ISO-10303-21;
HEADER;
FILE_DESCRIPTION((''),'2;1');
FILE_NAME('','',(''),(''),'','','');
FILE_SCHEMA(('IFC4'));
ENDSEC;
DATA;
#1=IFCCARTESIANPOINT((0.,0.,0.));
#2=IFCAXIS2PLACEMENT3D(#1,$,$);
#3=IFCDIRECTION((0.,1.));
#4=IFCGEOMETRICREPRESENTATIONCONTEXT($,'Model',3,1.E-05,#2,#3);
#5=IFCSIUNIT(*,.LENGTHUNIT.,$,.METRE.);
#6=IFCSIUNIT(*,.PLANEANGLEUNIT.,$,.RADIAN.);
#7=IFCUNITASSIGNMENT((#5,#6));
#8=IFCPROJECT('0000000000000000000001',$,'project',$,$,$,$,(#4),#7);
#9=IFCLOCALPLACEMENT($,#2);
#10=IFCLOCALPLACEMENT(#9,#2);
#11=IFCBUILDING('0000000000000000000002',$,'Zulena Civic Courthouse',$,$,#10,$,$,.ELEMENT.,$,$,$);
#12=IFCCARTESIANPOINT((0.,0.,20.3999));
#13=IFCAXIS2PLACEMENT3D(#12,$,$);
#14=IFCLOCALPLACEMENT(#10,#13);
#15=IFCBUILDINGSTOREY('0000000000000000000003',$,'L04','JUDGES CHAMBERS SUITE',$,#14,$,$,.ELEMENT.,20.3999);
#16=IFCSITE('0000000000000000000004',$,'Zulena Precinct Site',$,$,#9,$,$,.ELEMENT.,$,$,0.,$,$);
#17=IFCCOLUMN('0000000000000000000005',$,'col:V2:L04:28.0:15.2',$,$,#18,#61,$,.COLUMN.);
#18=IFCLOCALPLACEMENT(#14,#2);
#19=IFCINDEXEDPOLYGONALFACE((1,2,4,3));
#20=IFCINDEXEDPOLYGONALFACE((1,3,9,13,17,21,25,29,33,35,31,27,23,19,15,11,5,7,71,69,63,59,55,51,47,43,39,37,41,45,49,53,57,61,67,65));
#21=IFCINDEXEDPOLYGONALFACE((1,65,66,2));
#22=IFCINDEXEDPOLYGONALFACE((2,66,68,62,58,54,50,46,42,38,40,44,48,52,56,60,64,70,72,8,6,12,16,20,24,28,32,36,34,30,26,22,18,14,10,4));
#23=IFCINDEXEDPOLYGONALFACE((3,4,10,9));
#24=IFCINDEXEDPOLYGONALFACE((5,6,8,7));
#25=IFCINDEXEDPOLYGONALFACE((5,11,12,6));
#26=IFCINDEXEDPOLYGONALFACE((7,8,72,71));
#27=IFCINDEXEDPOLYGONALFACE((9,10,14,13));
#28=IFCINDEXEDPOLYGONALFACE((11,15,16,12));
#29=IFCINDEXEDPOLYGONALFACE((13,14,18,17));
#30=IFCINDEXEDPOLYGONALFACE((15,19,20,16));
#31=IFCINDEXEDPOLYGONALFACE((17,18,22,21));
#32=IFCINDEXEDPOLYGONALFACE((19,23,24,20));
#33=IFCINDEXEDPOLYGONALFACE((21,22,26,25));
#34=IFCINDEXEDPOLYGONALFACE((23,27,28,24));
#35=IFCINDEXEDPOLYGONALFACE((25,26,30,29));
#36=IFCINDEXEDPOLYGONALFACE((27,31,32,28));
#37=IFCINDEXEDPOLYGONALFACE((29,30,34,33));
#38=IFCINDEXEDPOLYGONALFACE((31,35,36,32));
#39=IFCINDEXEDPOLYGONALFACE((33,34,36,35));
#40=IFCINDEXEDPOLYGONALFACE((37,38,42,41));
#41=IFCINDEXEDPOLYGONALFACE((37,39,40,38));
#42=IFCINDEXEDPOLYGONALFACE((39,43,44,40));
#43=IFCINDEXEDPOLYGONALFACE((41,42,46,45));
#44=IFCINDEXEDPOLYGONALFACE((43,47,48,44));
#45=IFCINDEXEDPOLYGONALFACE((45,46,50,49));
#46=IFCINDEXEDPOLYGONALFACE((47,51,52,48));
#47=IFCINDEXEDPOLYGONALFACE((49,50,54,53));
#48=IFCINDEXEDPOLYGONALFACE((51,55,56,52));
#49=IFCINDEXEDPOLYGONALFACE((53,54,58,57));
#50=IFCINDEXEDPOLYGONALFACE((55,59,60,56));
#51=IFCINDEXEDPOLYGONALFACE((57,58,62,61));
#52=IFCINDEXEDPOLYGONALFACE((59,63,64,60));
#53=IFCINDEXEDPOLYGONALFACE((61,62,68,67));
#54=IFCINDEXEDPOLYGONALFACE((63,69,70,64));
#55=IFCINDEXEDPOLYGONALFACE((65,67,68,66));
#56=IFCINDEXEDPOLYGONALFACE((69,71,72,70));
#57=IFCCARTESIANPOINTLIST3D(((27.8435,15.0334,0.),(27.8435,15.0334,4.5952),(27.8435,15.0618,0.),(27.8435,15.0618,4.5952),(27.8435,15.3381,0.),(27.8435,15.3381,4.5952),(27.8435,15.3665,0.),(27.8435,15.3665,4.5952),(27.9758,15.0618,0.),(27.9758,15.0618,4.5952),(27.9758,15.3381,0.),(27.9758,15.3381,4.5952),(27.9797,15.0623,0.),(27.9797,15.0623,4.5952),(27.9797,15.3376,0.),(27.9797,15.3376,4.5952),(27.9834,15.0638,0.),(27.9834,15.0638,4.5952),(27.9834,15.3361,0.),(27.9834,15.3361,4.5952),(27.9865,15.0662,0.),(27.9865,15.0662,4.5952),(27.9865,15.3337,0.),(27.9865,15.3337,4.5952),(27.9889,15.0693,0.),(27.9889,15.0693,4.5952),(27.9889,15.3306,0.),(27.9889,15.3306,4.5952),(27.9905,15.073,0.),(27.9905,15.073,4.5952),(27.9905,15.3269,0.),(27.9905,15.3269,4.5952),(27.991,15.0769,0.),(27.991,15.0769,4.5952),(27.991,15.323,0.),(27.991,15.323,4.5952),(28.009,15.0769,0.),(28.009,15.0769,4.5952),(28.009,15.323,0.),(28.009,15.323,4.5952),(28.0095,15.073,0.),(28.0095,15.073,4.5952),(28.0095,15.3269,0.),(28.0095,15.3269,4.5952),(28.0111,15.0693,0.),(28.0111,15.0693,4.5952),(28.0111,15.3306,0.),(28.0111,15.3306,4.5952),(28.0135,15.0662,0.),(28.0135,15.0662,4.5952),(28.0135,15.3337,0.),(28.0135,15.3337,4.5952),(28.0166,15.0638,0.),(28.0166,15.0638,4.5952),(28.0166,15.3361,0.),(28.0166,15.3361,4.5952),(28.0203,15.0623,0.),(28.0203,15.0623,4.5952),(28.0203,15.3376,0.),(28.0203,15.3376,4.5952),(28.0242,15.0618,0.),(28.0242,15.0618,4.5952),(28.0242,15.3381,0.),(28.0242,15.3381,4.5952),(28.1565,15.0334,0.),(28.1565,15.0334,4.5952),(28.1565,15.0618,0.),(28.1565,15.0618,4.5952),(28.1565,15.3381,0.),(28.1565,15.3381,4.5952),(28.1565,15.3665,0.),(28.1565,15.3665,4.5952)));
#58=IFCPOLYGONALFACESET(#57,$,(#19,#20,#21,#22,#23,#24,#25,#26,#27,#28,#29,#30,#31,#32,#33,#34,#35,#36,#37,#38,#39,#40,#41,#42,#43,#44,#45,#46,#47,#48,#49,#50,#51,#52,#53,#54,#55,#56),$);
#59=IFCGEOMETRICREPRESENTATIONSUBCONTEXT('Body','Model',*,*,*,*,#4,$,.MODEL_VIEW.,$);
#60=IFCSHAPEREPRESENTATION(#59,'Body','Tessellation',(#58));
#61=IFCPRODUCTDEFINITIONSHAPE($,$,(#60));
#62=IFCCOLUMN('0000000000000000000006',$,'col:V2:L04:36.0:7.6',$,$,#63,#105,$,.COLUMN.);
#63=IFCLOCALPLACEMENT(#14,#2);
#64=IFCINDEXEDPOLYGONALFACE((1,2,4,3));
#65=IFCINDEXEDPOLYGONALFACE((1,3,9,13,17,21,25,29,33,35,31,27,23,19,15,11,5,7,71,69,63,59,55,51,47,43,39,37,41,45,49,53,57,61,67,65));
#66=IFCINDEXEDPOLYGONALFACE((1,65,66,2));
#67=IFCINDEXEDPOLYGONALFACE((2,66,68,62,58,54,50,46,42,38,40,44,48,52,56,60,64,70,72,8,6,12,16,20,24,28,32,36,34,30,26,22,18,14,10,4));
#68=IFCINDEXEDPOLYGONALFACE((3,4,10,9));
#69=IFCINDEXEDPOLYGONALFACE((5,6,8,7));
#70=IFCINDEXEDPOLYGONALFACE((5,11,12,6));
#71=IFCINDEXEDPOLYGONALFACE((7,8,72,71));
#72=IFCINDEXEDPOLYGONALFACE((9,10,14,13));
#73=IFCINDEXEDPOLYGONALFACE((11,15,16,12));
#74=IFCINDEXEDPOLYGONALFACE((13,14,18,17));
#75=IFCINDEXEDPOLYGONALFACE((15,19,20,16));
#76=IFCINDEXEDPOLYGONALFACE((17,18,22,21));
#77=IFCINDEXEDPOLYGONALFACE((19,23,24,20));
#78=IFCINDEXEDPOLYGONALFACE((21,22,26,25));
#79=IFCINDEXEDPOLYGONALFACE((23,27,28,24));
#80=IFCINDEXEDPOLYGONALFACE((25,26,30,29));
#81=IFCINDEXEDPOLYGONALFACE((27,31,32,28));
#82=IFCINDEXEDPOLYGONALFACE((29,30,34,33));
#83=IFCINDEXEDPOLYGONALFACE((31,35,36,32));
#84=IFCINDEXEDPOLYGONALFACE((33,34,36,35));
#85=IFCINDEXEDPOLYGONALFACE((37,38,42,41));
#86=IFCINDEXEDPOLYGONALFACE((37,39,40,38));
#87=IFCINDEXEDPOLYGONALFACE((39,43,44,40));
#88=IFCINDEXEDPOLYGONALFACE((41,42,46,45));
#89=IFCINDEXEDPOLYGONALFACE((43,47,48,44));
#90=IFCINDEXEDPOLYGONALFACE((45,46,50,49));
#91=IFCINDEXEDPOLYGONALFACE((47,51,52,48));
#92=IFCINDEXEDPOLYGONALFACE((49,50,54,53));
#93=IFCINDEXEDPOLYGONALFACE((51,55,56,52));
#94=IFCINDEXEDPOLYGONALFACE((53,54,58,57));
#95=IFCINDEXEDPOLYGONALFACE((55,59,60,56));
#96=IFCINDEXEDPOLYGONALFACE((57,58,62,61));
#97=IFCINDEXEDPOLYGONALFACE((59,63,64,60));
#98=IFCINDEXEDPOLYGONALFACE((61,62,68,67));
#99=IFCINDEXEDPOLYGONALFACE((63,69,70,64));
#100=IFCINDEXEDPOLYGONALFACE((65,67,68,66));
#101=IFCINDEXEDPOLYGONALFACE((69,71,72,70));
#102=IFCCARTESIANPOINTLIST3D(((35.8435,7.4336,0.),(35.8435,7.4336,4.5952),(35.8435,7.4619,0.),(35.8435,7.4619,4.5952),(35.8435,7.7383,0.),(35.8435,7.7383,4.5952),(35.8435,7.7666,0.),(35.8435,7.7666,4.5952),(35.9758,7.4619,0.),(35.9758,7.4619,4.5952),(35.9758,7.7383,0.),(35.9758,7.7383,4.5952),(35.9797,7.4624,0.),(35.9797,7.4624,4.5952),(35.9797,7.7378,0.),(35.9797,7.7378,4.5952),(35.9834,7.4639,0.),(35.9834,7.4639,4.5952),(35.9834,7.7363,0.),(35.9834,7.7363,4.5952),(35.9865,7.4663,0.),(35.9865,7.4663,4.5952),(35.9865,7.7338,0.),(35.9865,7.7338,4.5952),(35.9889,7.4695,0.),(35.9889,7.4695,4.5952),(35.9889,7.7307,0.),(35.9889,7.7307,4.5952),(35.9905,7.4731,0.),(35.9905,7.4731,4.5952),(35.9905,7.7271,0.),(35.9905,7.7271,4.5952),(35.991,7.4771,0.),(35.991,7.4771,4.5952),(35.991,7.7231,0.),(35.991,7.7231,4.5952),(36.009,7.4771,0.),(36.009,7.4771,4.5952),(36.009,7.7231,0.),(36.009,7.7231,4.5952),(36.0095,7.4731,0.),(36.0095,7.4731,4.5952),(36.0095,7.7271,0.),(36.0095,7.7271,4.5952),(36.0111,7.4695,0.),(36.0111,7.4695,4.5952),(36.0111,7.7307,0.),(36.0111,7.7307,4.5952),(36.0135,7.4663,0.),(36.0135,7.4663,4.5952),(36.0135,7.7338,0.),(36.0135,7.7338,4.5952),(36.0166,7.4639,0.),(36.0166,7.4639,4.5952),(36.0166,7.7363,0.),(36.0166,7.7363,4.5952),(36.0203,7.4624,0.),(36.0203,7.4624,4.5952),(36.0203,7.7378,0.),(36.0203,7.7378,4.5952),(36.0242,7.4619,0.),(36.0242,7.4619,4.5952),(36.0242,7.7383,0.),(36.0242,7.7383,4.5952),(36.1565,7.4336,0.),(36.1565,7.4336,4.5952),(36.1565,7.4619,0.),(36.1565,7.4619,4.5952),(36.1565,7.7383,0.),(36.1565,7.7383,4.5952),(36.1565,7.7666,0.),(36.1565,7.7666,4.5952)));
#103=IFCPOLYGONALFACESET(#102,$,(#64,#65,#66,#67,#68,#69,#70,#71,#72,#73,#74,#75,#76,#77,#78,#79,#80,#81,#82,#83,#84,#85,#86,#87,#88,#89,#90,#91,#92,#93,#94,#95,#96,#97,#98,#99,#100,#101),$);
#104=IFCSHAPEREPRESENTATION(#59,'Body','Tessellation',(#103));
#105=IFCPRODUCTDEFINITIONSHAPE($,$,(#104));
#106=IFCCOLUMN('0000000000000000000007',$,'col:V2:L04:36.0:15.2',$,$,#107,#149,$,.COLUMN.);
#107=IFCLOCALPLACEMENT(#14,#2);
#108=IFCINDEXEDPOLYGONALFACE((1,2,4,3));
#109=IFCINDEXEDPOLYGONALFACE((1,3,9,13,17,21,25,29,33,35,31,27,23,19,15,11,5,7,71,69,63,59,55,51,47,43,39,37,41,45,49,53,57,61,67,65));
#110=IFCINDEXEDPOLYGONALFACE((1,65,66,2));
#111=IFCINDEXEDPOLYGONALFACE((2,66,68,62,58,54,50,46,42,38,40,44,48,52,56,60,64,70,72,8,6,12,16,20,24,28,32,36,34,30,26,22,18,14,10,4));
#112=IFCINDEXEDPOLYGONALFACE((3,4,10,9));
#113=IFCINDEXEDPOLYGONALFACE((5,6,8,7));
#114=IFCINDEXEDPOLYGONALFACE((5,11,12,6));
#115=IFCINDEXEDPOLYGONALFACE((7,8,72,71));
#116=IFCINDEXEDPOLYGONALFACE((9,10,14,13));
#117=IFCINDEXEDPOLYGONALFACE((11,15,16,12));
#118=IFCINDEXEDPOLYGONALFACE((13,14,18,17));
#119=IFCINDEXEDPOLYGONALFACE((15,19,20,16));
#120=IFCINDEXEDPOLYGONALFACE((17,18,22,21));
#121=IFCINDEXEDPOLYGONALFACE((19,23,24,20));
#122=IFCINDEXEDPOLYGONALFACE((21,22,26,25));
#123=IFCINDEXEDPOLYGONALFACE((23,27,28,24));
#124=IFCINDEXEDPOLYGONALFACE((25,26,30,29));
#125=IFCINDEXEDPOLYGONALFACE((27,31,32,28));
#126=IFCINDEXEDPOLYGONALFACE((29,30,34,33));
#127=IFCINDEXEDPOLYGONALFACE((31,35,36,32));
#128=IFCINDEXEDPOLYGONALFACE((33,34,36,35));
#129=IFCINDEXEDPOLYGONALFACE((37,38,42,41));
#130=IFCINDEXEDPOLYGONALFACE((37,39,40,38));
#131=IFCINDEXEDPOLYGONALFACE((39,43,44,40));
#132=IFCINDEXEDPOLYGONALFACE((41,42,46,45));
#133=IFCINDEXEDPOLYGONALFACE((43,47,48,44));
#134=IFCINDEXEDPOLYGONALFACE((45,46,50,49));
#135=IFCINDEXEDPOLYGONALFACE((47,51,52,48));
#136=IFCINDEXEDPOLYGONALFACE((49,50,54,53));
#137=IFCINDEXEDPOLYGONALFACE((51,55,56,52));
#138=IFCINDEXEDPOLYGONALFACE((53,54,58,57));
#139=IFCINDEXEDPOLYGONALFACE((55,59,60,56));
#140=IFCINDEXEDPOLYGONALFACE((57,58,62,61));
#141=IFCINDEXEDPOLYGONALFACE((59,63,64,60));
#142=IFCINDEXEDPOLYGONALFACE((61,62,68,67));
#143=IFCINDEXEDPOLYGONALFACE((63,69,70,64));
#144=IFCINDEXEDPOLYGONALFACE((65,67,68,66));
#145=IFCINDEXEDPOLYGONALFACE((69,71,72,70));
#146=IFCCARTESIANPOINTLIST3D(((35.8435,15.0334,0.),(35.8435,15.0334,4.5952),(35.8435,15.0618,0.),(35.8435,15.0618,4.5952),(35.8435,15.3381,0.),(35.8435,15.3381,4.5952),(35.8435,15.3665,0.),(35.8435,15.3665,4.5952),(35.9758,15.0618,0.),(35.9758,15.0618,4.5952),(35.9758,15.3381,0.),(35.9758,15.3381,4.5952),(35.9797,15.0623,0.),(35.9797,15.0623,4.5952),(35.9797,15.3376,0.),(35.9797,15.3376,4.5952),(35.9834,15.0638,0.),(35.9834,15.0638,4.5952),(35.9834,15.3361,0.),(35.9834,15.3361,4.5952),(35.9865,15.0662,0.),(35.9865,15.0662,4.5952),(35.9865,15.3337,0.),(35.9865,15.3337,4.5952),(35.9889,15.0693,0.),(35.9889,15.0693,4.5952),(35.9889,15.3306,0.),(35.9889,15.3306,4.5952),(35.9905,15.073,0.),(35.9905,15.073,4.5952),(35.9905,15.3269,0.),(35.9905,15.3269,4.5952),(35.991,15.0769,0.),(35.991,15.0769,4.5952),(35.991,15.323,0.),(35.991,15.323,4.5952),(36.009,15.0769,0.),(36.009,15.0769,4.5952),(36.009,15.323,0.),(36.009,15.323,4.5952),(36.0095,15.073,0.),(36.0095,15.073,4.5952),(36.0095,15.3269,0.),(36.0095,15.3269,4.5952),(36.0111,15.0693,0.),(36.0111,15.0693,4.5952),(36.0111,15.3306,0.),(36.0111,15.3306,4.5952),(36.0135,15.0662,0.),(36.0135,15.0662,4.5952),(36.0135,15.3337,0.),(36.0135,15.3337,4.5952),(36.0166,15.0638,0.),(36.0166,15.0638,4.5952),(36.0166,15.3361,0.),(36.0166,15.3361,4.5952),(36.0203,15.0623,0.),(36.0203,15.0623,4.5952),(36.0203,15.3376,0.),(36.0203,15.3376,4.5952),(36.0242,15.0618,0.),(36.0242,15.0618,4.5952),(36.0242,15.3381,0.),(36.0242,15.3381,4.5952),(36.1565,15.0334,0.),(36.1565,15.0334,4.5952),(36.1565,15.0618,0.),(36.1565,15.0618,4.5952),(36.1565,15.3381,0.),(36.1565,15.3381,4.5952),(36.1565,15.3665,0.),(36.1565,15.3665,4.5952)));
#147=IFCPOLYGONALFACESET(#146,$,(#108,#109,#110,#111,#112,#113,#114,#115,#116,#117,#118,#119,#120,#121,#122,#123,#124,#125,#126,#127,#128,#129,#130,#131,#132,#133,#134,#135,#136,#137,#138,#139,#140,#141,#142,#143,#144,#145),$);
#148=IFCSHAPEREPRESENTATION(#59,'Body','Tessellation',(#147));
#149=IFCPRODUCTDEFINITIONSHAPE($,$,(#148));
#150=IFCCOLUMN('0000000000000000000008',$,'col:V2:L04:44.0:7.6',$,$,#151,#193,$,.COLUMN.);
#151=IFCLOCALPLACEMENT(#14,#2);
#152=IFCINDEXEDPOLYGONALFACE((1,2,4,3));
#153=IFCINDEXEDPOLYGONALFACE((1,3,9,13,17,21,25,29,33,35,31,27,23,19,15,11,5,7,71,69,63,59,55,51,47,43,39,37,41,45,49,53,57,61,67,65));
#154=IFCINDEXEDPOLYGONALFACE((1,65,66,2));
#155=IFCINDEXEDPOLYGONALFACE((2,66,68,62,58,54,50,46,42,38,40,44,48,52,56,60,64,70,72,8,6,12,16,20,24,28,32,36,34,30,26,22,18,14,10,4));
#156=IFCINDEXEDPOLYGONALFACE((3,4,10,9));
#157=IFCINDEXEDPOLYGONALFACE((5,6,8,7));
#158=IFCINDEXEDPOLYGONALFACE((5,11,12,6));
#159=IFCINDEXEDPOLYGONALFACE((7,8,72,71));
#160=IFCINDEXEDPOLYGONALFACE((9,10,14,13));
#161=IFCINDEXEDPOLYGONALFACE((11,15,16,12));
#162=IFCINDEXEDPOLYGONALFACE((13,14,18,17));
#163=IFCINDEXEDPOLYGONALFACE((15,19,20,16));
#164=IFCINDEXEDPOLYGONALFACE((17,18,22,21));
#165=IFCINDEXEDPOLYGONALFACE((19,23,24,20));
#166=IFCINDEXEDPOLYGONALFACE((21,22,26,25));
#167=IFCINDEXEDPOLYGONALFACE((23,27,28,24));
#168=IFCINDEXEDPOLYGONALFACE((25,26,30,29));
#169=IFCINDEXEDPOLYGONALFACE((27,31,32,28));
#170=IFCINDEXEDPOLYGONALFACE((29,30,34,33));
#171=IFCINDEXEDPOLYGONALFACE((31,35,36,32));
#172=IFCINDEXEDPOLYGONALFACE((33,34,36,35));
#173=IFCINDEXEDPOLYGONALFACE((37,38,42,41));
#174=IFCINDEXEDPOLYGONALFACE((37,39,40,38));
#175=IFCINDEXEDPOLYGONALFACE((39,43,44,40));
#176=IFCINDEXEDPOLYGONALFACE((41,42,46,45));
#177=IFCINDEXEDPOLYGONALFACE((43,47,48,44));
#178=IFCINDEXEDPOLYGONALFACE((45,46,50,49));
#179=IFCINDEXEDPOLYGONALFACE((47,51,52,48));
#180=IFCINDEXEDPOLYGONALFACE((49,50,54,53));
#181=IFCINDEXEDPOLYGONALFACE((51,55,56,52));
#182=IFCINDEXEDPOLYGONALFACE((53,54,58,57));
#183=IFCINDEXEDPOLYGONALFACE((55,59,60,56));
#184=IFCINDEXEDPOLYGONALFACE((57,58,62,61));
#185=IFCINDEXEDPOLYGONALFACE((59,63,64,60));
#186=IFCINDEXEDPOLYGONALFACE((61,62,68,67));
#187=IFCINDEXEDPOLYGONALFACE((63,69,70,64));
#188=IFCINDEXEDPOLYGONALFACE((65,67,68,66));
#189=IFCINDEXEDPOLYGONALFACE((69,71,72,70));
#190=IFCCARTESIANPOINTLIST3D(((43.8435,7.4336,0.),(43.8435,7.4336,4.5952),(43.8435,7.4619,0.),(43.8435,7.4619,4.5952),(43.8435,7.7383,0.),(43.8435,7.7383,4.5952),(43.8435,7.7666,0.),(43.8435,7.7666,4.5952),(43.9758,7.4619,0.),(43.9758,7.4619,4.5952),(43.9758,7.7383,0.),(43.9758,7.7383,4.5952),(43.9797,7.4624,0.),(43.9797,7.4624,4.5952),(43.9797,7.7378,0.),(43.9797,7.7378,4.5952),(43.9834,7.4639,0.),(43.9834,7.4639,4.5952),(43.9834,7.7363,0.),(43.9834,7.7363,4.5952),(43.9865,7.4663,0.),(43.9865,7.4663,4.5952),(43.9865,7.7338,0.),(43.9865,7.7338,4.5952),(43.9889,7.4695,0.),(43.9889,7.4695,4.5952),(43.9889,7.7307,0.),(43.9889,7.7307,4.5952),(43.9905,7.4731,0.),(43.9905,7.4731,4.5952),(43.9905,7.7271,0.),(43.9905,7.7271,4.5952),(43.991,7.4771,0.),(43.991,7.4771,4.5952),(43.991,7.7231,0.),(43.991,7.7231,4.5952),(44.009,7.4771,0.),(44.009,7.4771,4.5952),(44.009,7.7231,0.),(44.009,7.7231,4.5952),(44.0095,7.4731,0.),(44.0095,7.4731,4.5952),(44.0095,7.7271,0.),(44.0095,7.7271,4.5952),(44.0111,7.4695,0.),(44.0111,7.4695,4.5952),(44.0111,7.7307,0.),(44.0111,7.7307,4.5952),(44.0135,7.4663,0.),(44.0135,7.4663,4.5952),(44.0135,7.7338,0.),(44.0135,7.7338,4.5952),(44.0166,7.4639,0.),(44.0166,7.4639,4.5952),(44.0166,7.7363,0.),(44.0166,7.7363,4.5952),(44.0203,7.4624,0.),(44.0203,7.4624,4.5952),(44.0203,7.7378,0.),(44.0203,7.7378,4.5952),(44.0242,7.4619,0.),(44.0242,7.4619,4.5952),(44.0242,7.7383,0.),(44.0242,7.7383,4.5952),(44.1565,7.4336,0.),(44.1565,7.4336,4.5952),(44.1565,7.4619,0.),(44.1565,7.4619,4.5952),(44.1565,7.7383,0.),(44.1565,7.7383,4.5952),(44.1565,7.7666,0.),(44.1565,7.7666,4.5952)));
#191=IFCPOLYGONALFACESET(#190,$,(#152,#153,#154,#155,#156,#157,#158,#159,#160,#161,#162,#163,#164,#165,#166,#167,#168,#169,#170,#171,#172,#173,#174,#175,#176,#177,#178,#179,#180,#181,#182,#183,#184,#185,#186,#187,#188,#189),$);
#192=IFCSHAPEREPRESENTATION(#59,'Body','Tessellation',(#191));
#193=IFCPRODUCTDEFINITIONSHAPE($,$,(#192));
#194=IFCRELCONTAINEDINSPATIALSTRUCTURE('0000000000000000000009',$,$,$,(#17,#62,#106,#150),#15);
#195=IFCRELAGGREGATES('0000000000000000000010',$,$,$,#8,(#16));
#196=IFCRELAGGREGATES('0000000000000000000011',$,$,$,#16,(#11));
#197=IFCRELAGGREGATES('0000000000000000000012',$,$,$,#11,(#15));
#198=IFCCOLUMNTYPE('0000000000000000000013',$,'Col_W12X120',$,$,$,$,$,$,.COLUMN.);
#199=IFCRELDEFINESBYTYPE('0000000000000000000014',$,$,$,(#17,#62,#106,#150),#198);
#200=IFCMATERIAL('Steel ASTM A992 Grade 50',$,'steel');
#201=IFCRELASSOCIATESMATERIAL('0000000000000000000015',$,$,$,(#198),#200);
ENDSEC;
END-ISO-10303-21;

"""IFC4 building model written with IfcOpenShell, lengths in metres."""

from ifc_helpers import new_model, si_unit, direction, frame, origin, origin_2d, place, context, subcontext, project, spatial, i_section, extrude, material, material_profile, profile_set, type_object, element, save


model = new_model("IFC4")

# Units and contexts
model_context = context("Model", 3, precision=1e-05, world=origin(), true_north=direction((0.0, 1.0)))
body_context = subcontext(model_context, "Body", "Model", "MODEL_VIEW")
ifc_project = project(units=[si_unit("LENGTHUNIT", "METRE"), si_unit("PLANEANGLEUNIT", "RADIAN")], contexts=[model_context])

# Site, building, storey
site_placement = place(None, origin())
site = spatial("IfcSite", under=ifc_project, at=site_placement, Name="Zulena Precinct Site", CompositionType="ELEMENT", RefElevation=0.0)
building_placement = place(site_placement, origin())
building = spatial("IfcBuilding", under=site, at=building_placement, Name="Zulena Civic Courthouse", CompositionType="ELEMENT")
storey_placement = place(building_placement, frame((0.0, 0.0, 20.3999)))
storey = spatial("IfcBuildingStorey", under=building, at=storey_placement, Name="L04", Description="JUDGES CHAMBERS SUITE", CompositionType="ELEMENT", Elevation=20.3999)

# Columns
ifc_material_1 = material(Name="Steel ASTM A992 Grade 50", Category="steel")
ifc_material_profile_1 = material_profile(ifc_material_1, i_section(OverallWidth=0.313, OverallDepth=0.333, WebThickness=0.0181, FlangeThickness=0.0283, FilletRadius=0.0151, at=origin_2d()), Name="W12X120")
ifc_profile_set_1 = profile_set([ifc_material_profile_1], Name="Steel ASTM A992 Grade 50")
column_type_1 = type_object("IfcColumnType", Name="Col_W12X120", PredefinedType="COLUMN", material=ifc_profile_set_1)
for number, where, z_axis, x_axis, name in (
    (1, (28.0, 15.2, 0.0), (0.0, 0.0, 1.0), (1.0, 0.0, 0.0), "col:V2:L04:28.0:15.2"),
    (2, (36.0, 7.6001, 0.0), (0.0, 0.0, 1.0), (1.0, 0.0, 0.0), "col:V2:L04:36.0:7.6"),
    (3, (36.0, 15.2, 0.0), (0.0, 0.0, 1.0), (1.0, 0.0, 0.0), "col:V2:L04:36.0:15.2"),
    (4, (44.0, 7.6001, 0.0), (0.0, 0.0, 1.0), (1.0, 0.0, 0.0), "col:V2:L04:44.0:7.6"),
):
    element("IfcColumn", number, at=place(storey_placement, frame(where, z_axis=z_axis, x_axis=x_axis)), inside=storey, type_object=column_type_1, Name=name, PredefinedType="COLUMN", context=body_context, shape_type="SweptSolid", body=[
        extrude(i_section(OverallWidth=0.313, OverallDepth=0.333, WebThickness=0.0181, FlangeThickness=0.0283, FilletRadius=0.0151, at=origin_2d()), origin(), (0.0, 0.0, 1.0), 4.5952),
    ])

save(model, "model.ifc")
